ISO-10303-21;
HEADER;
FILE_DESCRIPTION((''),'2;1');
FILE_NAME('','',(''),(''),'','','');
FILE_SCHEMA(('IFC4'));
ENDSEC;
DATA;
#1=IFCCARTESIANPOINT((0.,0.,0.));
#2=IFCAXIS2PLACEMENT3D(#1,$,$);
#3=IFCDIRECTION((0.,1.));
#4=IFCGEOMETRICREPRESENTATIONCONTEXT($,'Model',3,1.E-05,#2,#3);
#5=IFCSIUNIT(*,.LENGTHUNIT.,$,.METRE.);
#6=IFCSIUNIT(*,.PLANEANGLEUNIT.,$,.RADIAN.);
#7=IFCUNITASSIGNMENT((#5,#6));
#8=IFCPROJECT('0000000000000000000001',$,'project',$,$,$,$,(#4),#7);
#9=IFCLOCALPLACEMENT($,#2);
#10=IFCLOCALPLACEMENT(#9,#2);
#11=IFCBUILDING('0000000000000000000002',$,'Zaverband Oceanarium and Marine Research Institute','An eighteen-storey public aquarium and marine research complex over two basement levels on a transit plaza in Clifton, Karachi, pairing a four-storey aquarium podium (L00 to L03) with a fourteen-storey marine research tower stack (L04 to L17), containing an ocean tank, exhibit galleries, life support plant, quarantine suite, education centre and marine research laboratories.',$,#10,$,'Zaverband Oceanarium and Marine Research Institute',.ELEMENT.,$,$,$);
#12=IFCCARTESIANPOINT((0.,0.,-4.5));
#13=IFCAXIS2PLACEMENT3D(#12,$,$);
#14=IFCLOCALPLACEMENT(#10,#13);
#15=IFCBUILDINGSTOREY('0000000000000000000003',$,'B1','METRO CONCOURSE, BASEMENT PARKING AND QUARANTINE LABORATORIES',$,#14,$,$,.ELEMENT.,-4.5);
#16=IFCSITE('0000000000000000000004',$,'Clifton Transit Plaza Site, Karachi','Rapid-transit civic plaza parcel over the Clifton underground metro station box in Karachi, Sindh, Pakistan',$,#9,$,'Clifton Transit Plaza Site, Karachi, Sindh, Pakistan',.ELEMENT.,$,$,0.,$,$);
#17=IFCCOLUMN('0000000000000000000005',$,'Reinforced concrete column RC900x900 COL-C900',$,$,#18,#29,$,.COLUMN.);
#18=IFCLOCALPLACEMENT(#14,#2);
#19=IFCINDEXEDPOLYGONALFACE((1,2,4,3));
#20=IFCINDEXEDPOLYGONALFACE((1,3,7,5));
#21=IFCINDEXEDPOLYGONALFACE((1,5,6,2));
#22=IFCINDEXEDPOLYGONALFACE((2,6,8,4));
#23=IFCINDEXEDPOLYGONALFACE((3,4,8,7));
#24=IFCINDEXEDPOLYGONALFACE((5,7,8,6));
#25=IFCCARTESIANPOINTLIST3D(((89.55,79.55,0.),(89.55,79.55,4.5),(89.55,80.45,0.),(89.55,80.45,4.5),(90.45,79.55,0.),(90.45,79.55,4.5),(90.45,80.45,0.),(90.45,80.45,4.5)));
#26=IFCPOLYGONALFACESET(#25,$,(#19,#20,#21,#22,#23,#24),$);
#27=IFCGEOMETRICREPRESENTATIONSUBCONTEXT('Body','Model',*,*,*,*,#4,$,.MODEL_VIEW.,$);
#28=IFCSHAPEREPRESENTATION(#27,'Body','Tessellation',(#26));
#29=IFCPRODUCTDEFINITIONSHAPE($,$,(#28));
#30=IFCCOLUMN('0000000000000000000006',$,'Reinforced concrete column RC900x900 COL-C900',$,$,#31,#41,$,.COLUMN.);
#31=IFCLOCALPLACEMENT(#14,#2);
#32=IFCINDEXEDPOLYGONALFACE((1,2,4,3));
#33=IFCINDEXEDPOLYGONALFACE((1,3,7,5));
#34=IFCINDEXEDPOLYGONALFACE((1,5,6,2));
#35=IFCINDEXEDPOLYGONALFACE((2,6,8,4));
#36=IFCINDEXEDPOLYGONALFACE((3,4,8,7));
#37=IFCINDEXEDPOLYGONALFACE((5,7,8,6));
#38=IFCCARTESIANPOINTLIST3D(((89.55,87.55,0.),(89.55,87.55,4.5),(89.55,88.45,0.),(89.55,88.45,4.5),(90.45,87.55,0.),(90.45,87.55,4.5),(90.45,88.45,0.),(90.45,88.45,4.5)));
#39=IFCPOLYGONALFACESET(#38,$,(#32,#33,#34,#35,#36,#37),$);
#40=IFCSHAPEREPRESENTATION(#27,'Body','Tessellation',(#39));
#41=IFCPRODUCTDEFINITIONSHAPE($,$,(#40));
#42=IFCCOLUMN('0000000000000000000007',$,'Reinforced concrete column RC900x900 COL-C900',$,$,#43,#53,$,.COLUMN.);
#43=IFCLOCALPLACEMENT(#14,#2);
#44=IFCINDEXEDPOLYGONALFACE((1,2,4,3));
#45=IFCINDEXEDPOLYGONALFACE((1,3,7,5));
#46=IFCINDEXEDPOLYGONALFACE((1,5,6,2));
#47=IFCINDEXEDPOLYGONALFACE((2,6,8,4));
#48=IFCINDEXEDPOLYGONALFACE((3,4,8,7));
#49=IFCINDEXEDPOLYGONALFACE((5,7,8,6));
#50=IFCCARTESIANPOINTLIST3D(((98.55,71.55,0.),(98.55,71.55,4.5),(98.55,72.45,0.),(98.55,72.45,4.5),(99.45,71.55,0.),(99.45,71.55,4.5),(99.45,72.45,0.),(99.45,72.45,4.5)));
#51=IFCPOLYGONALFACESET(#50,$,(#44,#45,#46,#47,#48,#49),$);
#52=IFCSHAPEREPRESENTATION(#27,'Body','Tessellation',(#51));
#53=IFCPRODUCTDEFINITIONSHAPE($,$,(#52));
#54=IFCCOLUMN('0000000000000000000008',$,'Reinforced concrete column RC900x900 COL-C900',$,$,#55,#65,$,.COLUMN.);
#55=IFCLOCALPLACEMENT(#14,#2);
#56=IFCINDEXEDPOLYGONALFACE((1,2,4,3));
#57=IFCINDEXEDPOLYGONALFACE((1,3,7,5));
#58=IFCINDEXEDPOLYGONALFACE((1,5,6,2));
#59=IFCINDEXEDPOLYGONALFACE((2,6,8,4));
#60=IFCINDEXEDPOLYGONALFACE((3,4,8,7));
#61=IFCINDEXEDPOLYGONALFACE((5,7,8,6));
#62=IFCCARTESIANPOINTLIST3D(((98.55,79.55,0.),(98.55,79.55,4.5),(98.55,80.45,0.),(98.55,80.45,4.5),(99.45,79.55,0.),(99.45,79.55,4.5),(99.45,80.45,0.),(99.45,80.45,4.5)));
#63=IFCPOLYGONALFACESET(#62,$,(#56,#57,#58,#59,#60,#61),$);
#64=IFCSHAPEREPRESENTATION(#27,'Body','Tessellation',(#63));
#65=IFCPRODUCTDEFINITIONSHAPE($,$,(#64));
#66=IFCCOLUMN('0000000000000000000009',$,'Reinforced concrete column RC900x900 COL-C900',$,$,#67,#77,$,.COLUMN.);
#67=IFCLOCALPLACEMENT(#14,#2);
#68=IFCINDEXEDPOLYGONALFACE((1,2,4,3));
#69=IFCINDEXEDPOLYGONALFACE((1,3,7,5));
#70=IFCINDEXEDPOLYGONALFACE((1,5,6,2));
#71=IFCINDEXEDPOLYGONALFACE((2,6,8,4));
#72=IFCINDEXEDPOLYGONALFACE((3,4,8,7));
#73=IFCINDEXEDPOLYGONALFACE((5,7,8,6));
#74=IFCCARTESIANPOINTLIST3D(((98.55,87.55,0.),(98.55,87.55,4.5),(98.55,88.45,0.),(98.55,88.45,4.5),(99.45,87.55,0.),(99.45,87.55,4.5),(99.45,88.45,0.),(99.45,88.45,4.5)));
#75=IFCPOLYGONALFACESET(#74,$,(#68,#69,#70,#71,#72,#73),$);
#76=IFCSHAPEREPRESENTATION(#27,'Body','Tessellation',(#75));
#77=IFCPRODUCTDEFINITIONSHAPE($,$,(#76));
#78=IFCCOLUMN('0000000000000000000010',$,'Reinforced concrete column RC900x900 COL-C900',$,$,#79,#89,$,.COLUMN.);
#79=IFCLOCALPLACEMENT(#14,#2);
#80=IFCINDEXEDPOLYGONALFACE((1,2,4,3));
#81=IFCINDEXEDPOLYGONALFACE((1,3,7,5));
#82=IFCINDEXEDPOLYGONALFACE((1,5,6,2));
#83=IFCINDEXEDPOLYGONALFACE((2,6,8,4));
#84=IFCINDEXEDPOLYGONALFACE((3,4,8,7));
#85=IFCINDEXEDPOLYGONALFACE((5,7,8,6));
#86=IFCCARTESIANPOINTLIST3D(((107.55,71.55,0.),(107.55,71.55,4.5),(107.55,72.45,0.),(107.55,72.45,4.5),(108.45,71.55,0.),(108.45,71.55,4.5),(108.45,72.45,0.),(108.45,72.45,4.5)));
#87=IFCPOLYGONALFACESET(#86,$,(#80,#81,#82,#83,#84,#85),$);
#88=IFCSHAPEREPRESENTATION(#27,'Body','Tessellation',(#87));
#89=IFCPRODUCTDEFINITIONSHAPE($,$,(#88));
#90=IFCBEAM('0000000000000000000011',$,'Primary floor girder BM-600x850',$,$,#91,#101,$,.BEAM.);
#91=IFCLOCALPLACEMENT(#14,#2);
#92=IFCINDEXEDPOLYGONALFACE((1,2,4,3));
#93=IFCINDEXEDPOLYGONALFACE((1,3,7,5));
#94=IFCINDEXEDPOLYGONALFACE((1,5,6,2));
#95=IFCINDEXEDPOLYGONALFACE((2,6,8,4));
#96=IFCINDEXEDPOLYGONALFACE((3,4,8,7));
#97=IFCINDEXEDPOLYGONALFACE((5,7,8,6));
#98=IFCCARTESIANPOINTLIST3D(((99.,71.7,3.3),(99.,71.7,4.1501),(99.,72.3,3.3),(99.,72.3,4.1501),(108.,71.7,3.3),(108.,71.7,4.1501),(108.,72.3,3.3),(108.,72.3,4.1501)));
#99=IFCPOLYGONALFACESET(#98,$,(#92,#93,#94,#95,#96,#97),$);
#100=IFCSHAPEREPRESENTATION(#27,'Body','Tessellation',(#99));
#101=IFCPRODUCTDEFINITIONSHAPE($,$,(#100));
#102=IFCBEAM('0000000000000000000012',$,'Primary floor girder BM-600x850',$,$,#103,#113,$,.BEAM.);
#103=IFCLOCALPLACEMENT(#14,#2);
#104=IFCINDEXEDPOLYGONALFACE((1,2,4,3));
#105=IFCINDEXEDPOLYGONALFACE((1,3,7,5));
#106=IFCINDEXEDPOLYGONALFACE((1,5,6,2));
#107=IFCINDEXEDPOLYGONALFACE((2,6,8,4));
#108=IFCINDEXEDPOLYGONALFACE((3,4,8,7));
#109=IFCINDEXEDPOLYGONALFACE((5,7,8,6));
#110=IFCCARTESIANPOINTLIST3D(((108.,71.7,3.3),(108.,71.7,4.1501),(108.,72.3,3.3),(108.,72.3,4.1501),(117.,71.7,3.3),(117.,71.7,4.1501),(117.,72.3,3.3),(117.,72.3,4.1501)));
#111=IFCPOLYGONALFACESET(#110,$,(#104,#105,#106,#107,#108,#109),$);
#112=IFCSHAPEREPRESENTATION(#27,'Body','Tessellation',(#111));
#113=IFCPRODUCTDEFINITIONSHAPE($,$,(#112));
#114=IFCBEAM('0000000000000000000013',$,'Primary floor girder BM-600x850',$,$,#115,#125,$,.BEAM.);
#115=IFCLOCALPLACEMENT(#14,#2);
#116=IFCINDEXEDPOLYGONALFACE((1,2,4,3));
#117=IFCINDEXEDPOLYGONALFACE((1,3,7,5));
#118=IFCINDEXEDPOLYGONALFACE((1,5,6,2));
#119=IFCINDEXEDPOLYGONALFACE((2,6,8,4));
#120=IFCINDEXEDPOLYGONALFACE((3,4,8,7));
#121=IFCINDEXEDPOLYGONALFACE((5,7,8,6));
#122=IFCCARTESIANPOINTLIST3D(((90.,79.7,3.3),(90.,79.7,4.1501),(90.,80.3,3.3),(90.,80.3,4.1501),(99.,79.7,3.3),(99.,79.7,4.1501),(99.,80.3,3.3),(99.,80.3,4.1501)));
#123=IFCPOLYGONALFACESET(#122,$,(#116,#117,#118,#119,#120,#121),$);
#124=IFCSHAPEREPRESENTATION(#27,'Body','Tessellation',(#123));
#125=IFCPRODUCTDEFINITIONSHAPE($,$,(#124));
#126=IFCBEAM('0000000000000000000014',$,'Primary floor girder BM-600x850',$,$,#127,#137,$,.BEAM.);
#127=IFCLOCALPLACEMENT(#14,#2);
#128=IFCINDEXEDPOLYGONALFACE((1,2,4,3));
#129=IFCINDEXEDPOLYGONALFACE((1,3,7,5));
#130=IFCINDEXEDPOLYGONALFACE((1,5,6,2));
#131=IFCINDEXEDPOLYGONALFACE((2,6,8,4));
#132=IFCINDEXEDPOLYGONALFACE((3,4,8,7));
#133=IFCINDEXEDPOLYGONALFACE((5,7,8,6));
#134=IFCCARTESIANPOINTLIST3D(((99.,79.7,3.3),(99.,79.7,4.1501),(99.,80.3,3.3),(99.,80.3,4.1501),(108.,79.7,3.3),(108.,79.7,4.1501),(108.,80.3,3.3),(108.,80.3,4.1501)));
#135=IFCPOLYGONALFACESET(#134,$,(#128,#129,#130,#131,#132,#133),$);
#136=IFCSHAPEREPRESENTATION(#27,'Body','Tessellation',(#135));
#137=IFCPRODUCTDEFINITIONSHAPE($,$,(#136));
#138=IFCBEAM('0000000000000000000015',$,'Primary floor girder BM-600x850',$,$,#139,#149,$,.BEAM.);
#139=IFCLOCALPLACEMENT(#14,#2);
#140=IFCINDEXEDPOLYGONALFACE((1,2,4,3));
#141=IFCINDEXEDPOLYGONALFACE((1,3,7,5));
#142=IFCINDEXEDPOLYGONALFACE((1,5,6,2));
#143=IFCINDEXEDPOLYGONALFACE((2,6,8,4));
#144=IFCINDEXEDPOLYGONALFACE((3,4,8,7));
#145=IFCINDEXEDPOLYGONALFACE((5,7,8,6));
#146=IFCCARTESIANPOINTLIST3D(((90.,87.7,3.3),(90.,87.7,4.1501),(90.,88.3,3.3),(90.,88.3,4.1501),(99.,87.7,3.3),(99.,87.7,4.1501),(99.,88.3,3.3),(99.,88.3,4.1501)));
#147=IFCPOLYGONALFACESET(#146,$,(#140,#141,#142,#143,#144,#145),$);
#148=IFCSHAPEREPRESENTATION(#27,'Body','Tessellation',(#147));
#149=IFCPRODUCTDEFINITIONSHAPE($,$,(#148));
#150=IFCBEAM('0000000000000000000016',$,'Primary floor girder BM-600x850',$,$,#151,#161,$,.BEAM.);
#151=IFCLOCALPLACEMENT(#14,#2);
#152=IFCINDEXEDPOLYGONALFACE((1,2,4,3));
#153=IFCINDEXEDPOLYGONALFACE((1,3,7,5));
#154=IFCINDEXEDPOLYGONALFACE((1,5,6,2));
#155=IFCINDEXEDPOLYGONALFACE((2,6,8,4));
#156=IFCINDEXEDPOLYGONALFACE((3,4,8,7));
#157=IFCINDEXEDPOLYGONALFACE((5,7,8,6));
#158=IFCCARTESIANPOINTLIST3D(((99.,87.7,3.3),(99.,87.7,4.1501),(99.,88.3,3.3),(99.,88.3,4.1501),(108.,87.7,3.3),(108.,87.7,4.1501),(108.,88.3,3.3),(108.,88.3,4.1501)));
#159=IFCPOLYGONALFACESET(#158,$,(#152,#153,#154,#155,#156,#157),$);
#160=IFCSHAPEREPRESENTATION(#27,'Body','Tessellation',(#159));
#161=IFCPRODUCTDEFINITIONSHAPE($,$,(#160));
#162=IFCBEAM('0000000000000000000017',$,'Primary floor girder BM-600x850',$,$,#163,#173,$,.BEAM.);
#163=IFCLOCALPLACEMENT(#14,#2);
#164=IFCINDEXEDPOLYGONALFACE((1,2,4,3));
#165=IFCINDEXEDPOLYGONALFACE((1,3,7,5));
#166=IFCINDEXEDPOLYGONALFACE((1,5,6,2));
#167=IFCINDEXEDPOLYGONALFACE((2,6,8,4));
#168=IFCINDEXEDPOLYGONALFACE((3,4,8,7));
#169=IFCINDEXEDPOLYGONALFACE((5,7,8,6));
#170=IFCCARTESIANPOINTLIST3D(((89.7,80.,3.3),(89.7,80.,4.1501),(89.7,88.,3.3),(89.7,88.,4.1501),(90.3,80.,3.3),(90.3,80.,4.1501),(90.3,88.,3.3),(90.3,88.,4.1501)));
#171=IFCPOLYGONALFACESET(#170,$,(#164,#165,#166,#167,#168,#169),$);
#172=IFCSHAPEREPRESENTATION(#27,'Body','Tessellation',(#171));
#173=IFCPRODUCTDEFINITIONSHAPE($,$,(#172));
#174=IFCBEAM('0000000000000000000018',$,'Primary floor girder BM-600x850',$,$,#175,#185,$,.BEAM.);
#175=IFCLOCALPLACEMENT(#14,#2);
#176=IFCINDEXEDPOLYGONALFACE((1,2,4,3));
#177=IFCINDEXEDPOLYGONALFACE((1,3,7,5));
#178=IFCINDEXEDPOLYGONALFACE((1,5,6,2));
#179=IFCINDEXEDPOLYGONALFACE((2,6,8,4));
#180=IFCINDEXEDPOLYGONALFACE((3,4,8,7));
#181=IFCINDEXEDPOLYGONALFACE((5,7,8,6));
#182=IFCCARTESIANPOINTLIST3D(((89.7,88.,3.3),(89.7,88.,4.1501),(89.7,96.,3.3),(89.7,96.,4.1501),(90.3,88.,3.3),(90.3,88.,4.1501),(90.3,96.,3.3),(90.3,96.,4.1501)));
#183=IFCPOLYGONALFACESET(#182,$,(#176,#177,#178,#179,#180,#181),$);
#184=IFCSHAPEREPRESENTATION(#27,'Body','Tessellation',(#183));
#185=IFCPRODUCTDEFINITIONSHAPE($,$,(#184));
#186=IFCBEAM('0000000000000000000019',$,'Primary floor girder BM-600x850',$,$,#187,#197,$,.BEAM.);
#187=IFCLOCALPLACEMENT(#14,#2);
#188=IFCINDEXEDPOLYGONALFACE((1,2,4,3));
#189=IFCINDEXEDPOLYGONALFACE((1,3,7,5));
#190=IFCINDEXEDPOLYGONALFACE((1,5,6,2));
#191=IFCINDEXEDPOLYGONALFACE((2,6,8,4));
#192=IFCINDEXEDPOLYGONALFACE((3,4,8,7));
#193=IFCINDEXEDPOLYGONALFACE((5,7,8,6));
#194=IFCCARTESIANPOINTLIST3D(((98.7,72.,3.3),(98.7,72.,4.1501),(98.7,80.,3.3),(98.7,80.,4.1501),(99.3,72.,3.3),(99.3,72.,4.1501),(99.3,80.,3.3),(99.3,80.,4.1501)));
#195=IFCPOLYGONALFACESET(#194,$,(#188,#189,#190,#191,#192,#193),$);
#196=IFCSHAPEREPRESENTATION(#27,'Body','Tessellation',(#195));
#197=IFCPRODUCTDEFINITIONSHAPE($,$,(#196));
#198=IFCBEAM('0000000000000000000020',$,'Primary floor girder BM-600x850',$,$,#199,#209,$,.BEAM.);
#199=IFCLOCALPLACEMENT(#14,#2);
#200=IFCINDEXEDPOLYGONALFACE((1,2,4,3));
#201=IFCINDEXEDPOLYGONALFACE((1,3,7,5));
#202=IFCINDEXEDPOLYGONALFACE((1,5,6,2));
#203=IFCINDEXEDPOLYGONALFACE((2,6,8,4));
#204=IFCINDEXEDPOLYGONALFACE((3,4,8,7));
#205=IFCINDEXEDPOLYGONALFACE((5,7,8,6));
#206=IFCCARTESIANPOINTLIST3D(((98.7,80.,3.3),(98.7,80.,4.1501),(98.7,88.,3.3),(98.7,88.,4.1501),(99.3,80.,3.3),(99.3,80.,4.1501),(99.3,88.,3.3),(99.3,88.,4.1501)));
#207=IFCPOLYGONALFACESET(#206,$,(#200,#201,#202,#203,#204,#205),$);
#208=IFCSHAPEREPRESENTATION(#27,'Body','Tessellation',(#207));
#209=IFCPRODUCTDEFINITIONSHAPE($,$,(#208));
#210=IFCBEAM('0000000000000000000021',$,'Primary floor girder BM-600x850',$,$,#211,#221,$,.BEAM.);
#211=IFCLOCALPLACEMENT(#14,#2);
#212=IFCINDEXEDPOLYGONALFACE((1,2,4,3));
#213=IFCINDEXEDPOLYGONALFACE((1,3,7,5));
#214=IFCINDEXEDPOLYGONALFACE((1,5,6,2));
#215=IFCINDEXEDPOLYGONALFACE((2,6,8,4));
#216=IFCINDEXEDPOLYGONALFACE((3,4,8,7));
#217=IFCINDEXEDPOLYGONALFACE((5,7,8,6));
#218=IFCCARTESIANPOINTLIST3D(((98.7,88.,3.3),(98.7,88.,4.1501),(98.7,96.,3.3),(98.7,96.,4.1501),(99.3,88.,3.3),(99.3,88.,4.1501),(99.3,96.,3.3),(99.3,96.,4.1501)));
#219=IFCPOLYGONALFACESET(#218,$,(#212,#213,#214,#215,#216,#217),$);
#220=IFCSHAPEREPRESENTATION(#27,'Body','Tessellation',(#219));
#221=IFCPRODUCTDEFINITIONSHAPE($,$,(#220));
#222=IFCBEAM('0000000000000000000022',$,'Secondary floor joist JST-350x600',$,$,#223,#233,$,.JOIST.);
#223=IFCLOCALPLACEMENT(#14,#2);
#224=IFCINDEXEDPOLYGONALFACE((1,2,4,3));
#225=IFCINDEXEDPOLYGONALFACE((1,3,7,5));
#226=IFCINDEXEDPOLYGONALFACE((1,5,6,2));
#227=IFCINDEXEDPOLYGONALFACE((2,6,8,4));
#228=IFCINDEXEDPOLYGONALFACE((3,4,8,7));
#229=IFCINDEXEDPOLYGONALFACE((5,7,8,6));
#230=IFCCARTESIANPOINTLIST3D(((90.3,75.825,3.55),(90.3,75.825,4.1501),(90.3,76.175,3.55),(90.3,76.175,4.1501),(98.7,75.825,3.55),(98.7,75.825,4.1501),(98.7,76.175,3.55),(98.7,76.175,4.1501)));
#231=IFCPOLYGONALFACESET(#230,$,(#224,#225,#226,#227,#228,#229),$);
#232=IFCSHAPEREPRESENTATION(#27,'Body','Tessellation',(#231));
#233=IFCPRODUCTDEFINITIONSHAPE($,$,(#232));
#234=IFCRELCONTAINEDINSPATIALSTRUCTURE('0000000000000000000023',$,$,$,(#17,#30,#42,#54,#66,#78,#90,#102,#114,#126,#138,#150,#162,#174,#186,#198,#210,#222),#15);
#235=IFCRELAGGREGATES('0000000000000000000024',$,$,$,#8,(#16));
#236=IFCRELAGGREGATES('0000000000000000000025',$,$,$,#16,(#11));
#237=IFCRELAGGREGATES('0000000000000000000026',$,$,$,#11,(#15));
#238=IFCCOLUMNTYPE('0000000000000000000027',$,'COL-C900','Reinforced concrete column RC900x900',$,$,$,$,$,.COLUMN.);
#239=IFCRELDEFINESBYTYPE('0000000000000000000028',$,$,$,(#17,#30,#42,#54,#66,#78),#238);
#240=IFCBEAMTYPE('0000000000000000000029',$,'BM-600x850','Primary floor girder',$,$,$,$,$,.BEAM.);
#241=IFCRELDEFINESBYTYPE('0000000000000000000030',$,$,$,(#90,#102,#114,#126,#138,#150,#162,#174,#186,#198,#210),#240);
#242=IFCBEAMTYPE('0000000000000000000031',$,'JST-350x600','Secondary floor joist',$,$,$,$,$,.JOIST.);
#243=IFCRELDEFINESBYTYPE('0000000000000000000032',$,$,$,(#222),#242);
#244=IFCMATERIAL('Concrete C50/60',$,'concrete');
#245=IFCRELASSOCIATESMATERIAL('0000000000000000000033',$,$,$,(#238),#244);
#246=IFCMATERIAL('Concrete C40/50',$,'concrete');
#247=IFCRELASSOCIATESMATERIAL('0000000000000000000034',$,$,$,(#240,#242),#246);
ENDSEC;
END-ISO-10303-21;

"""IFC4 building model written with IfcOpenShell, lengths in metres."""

from ifc_helpers import new_model, si_unit, direction, frame, origin, origin_2d, place, context, subcontext, project, spatial, rectangle, extrude, material, material_profile, profile_set, type_object, element, save


model = new_model("IFC4")

# Units and contexts
model_context = context("Model", 3, precision=1e-05, world=origin(), true_north=direction((0.0, 1.0)))
body_context = subcontext(model_context, "Body", "Model", "MODEL_VIEW")
ifc_project = project(units=[si_unit("LENGTHUNIT", "METRE"), si_unit("PLANEANGLEUNIT", "RADIAN")], contexts=[model_context])

# Site, building, storey
site_placement = place(None, origin())
site = spatial("IfcSite", under=ifc_project, at=site_placement, Name="Clifton Transit Plaza Site, Karachi", Description="Rapid-transit civic plaza parcel over the Clifton underground metro station box in Karachi, Sindh, Pakistan", LongName="Clifton Transit Plaza Site, Karachi, Sindh, Pakistan", CompositionType="ELEMENT", RefElevation=0.0)
building_placement = place(site_placement, origin())
building = spatial("IfcBuilding", under=site, at=building_placement, Name="Zaverband Oceanarium and Marine Research Institute", Description="An eighteen-storey public aquarium and marine research complex over two basement levels on a transit plaza in Clifton, Karachi, pairing a four-storey aquarium podium (L00 to L03) with a fourteen-storey marine research tower stack (L04 to L17), containing an ocean tank, exhibit galleries, life support plant, quarantine suite, education centre and marine research laboratories.", LongName="Zaverband Oceanarium and Marine Research Institute", CompositionType="ELEMENT")
storey_placement = place(building_placement, frame((0.0, 0.0, -4.5)))
storey = spatial("IfcBuildingStorey", under=building, at=storey_placement, Name="B1", Description="METRO CONCOURSE, BASEMENT PARKING AND QUARANTINE LABORATORIES", CompositionType="ELEMENT", Elevation=-4.5)

# Columns
ifc_material_1 = material(Name="Concrete C50/60", Category="concrete")
ifc_material_profile_1 = material_profile(ifc_material_1, rectangle(XDim=0.8999, YDim=0.8999, at=origin_2d()), Name="RC900x900")
ifc_profile_set_1 = profile_set([ifc_material_profile_1], Name="Concrete C50/60")
column_type = type_object("IfcColumnType", Name="COL-C900", Description="Reinforced concrete column RC900x900", PredefinedType="COLUMN", material=ifc_profile_set_1)
for number, where, z_axis, x_axis, name in (
    (1, (90.0, 80.0, 0.0), (0.0, 0.0, 1.0), (1.0, 0.0, 0.0), "Reinforced concrete column RC900x900 COL-C900"),
    (2, (90.0, 88.0, 0.0), (0.0, 0.0, 1.0), (1.0, 0.0, 0.0), "Reinforced concrete column RC900x900 COL-C900"),
    (3, (99.0, 72.0, 0.0), (0.0, 0.0, 1.0), (1.0, 0.0, 0.0), "Reinforced concrete column RC900x900 COL-C900"),
    (4, (99.0, 80.0, 0.0), (0.0, 0.0, 1.0), (1.0, 0.0, 0.0), "Reinforced concrete column RC900x900 COL-C900"),
    (5, (99.0, 88.0, 0.0), (0.0, 0.0, 1.0), (1.0, 0.0, 0.0), "Reinforced concrete column RC900x900 COL-C900"),
    (6, (108.0, 72.0, 0.0), (0.0, 0.0, 1.0), (1.0, 0.0, 0.0), "Reinforced concrete column RC900x900 COL-C900"),
):
    element("IfcColumn", number, at=place(storey_placement, frame(where, z_axis=z_axis, x_axis=x_axis)), inside=storey, type_object=column_type, Name=name, PredefinedType="COLUMN", context=body_context, shape_type="SweptSolid", body=[
        extrude(rectangle(XDim=0.8999, YDim=0.8999, at=origin_2d()), origin(), (0.0, 0.0, 1.0), 4.5),
    ])

# Beams
ifc_material_2 = material(Name="Concrete C40/50", Category="concrete")
ifc_material_profile_2 = material_profile(ifc_material_2, rectangle(XDim=0.6001, YDim=0.8501, at=origin_2d()), Name="RC600x850")
ifc_profile_set_2 = profile_set([ifc_material_profile_2], Name="Concrete C40/50")
beam_type_1 = type_object("IfcBeamType", Name="BM-600x850", Description="Primary floor girder", PredefinedType="BEAM", material=ifc_profile_set_2)
for number, where, z_axis, x_axis, name in (
    (7, (99.0, 72.0, 3.7251), (1.0, 0.0, 0.0), (0.0, 1.0, 0.0), "Primary floor girder BM-600x850"),
    (8, (108.0, 72.0, 3.7251), (1.0, 0.0, 0.0), (0.0, 1.0, 0.0), "Primary floor girder BM-600x850"),
    (9, (90.0, 80.0, 3.7251), (1.0, 0.0, 0.0), (0.0, 1.0, 0.0), "Primary floor girder BM-600x850"),
    (10, (99.0, 80.0, 3.7251), (1.0, 0.0, 0.0), (0.0, 1.0, 0.0), "Primary floor girder BM-600x850"),
    (11, (90.0, 88.0, 3.7251), (1.0, 0.0, 0.0), (0.0, 1.0, 0.0), "Primary floor girder BM-600x850"),
    (12, (99.0, 88.0, 3.7251), (1.0, 0.0, 0.0), (0.0, 1.0, 0.0), "Primary floor girder BM-600x850"),
):
    element("IfcBeam", number, at=place(storey_placement, frame(where, z_axis=z_axis, x_axis=x_axis)), inside=storey, type_object=beam_type_1, Name=name, PredefinedType="BEAM", context=body_context, shape_type="SweptSolid", body=[
        extrude(rectangle(XDim=0.6001, YDim=0.8501, at=origin_2d()), origin(), (0.0, 0.0, 1.0), 9.0),
    ])
for number, where, z_axis, x_axis, name in (
    (13, (90.0, 80.0, 3.7251), (0.0, 1.0, 0.0), (-1.0, 0.0, 0.0), "Primary floor girder BM-600x850"),
    (14, (90.0, 88.0, 3.7251), (0.0, 1.0, 0.0), (-1.0, 0.0, 0.0), "Primary floor girder BM-600x850"),
    (15, (99.0, 72.0, 3.7251), (0.0, 1.0, 0.0), (-1.0, 0.0, 0.0), "Primary floor girder BM-600x850"),
    (16, (99.0, 80.0, 3.7251), (0.0, 1.0, 0.0), (-1.0, 0.0, 0.0), "Primary floor girder BM-600x850"),
    (17, (99.0, 88.0, 3.7251), (0.0, 1.0, 0.0), (-1.0, 0.0, 0.0), "Primary floor girder BM-600x850"),
):
    element("IfcBeam", number, at=place(storey_placement, frame(where, z_axis=z_axis, x_axis=x_axis)), inside=storey, type_object=beam_type_1, Name=name, PredefinedType="BEAM", context=body_context, shape_type="SweptSolid", body=[
        extrude(rectangle(XDim=0.6001, YDim=0.8501, at=origin_2d()), origin(), (0.0, 0.0, 1.0), 8.0),
    ])
ifc_material_profile_3 = material_profile(ifc_material_2, rectangle(XDim=0.3501, YDim=0.6001, at=origin_2d()), Name="RC350x600")
ifc_profile_set_3 = profile_set([ifc_material_profile_3], Name="Concrete C40/50")
beam_type_2 = type_object("IfcBeamType", Name="JST-350x600", Description="Secondary floor joist", PredefinedType="JOIST", material=ifc_profile_set_3)
for number, where, z_axis, x_axis, name in (
    (18, (90.3, 76.0, 3.8501), (1.0, 0.0, 0.0), (0.0, 1.0, 0.0), "Secondary floor joist JST-350x600"),
):
    element("IfcBeam", number, at=place(storey_placement, frame(where, z_axis=z_axis, x_axis=x_axis)), inside=storey, type_object=beam_type_2, Name=name, PredefinedType="JOIST", context=body_context, shape_type="SweptSolid", body=[
        extrude(rectangle(XDim=0.3501, YDim=0.6001, at=origin_2d()), origin(), (0.0, 0.0, 1.0), 8.3999),
    ])

save(model, "model.ifc")
